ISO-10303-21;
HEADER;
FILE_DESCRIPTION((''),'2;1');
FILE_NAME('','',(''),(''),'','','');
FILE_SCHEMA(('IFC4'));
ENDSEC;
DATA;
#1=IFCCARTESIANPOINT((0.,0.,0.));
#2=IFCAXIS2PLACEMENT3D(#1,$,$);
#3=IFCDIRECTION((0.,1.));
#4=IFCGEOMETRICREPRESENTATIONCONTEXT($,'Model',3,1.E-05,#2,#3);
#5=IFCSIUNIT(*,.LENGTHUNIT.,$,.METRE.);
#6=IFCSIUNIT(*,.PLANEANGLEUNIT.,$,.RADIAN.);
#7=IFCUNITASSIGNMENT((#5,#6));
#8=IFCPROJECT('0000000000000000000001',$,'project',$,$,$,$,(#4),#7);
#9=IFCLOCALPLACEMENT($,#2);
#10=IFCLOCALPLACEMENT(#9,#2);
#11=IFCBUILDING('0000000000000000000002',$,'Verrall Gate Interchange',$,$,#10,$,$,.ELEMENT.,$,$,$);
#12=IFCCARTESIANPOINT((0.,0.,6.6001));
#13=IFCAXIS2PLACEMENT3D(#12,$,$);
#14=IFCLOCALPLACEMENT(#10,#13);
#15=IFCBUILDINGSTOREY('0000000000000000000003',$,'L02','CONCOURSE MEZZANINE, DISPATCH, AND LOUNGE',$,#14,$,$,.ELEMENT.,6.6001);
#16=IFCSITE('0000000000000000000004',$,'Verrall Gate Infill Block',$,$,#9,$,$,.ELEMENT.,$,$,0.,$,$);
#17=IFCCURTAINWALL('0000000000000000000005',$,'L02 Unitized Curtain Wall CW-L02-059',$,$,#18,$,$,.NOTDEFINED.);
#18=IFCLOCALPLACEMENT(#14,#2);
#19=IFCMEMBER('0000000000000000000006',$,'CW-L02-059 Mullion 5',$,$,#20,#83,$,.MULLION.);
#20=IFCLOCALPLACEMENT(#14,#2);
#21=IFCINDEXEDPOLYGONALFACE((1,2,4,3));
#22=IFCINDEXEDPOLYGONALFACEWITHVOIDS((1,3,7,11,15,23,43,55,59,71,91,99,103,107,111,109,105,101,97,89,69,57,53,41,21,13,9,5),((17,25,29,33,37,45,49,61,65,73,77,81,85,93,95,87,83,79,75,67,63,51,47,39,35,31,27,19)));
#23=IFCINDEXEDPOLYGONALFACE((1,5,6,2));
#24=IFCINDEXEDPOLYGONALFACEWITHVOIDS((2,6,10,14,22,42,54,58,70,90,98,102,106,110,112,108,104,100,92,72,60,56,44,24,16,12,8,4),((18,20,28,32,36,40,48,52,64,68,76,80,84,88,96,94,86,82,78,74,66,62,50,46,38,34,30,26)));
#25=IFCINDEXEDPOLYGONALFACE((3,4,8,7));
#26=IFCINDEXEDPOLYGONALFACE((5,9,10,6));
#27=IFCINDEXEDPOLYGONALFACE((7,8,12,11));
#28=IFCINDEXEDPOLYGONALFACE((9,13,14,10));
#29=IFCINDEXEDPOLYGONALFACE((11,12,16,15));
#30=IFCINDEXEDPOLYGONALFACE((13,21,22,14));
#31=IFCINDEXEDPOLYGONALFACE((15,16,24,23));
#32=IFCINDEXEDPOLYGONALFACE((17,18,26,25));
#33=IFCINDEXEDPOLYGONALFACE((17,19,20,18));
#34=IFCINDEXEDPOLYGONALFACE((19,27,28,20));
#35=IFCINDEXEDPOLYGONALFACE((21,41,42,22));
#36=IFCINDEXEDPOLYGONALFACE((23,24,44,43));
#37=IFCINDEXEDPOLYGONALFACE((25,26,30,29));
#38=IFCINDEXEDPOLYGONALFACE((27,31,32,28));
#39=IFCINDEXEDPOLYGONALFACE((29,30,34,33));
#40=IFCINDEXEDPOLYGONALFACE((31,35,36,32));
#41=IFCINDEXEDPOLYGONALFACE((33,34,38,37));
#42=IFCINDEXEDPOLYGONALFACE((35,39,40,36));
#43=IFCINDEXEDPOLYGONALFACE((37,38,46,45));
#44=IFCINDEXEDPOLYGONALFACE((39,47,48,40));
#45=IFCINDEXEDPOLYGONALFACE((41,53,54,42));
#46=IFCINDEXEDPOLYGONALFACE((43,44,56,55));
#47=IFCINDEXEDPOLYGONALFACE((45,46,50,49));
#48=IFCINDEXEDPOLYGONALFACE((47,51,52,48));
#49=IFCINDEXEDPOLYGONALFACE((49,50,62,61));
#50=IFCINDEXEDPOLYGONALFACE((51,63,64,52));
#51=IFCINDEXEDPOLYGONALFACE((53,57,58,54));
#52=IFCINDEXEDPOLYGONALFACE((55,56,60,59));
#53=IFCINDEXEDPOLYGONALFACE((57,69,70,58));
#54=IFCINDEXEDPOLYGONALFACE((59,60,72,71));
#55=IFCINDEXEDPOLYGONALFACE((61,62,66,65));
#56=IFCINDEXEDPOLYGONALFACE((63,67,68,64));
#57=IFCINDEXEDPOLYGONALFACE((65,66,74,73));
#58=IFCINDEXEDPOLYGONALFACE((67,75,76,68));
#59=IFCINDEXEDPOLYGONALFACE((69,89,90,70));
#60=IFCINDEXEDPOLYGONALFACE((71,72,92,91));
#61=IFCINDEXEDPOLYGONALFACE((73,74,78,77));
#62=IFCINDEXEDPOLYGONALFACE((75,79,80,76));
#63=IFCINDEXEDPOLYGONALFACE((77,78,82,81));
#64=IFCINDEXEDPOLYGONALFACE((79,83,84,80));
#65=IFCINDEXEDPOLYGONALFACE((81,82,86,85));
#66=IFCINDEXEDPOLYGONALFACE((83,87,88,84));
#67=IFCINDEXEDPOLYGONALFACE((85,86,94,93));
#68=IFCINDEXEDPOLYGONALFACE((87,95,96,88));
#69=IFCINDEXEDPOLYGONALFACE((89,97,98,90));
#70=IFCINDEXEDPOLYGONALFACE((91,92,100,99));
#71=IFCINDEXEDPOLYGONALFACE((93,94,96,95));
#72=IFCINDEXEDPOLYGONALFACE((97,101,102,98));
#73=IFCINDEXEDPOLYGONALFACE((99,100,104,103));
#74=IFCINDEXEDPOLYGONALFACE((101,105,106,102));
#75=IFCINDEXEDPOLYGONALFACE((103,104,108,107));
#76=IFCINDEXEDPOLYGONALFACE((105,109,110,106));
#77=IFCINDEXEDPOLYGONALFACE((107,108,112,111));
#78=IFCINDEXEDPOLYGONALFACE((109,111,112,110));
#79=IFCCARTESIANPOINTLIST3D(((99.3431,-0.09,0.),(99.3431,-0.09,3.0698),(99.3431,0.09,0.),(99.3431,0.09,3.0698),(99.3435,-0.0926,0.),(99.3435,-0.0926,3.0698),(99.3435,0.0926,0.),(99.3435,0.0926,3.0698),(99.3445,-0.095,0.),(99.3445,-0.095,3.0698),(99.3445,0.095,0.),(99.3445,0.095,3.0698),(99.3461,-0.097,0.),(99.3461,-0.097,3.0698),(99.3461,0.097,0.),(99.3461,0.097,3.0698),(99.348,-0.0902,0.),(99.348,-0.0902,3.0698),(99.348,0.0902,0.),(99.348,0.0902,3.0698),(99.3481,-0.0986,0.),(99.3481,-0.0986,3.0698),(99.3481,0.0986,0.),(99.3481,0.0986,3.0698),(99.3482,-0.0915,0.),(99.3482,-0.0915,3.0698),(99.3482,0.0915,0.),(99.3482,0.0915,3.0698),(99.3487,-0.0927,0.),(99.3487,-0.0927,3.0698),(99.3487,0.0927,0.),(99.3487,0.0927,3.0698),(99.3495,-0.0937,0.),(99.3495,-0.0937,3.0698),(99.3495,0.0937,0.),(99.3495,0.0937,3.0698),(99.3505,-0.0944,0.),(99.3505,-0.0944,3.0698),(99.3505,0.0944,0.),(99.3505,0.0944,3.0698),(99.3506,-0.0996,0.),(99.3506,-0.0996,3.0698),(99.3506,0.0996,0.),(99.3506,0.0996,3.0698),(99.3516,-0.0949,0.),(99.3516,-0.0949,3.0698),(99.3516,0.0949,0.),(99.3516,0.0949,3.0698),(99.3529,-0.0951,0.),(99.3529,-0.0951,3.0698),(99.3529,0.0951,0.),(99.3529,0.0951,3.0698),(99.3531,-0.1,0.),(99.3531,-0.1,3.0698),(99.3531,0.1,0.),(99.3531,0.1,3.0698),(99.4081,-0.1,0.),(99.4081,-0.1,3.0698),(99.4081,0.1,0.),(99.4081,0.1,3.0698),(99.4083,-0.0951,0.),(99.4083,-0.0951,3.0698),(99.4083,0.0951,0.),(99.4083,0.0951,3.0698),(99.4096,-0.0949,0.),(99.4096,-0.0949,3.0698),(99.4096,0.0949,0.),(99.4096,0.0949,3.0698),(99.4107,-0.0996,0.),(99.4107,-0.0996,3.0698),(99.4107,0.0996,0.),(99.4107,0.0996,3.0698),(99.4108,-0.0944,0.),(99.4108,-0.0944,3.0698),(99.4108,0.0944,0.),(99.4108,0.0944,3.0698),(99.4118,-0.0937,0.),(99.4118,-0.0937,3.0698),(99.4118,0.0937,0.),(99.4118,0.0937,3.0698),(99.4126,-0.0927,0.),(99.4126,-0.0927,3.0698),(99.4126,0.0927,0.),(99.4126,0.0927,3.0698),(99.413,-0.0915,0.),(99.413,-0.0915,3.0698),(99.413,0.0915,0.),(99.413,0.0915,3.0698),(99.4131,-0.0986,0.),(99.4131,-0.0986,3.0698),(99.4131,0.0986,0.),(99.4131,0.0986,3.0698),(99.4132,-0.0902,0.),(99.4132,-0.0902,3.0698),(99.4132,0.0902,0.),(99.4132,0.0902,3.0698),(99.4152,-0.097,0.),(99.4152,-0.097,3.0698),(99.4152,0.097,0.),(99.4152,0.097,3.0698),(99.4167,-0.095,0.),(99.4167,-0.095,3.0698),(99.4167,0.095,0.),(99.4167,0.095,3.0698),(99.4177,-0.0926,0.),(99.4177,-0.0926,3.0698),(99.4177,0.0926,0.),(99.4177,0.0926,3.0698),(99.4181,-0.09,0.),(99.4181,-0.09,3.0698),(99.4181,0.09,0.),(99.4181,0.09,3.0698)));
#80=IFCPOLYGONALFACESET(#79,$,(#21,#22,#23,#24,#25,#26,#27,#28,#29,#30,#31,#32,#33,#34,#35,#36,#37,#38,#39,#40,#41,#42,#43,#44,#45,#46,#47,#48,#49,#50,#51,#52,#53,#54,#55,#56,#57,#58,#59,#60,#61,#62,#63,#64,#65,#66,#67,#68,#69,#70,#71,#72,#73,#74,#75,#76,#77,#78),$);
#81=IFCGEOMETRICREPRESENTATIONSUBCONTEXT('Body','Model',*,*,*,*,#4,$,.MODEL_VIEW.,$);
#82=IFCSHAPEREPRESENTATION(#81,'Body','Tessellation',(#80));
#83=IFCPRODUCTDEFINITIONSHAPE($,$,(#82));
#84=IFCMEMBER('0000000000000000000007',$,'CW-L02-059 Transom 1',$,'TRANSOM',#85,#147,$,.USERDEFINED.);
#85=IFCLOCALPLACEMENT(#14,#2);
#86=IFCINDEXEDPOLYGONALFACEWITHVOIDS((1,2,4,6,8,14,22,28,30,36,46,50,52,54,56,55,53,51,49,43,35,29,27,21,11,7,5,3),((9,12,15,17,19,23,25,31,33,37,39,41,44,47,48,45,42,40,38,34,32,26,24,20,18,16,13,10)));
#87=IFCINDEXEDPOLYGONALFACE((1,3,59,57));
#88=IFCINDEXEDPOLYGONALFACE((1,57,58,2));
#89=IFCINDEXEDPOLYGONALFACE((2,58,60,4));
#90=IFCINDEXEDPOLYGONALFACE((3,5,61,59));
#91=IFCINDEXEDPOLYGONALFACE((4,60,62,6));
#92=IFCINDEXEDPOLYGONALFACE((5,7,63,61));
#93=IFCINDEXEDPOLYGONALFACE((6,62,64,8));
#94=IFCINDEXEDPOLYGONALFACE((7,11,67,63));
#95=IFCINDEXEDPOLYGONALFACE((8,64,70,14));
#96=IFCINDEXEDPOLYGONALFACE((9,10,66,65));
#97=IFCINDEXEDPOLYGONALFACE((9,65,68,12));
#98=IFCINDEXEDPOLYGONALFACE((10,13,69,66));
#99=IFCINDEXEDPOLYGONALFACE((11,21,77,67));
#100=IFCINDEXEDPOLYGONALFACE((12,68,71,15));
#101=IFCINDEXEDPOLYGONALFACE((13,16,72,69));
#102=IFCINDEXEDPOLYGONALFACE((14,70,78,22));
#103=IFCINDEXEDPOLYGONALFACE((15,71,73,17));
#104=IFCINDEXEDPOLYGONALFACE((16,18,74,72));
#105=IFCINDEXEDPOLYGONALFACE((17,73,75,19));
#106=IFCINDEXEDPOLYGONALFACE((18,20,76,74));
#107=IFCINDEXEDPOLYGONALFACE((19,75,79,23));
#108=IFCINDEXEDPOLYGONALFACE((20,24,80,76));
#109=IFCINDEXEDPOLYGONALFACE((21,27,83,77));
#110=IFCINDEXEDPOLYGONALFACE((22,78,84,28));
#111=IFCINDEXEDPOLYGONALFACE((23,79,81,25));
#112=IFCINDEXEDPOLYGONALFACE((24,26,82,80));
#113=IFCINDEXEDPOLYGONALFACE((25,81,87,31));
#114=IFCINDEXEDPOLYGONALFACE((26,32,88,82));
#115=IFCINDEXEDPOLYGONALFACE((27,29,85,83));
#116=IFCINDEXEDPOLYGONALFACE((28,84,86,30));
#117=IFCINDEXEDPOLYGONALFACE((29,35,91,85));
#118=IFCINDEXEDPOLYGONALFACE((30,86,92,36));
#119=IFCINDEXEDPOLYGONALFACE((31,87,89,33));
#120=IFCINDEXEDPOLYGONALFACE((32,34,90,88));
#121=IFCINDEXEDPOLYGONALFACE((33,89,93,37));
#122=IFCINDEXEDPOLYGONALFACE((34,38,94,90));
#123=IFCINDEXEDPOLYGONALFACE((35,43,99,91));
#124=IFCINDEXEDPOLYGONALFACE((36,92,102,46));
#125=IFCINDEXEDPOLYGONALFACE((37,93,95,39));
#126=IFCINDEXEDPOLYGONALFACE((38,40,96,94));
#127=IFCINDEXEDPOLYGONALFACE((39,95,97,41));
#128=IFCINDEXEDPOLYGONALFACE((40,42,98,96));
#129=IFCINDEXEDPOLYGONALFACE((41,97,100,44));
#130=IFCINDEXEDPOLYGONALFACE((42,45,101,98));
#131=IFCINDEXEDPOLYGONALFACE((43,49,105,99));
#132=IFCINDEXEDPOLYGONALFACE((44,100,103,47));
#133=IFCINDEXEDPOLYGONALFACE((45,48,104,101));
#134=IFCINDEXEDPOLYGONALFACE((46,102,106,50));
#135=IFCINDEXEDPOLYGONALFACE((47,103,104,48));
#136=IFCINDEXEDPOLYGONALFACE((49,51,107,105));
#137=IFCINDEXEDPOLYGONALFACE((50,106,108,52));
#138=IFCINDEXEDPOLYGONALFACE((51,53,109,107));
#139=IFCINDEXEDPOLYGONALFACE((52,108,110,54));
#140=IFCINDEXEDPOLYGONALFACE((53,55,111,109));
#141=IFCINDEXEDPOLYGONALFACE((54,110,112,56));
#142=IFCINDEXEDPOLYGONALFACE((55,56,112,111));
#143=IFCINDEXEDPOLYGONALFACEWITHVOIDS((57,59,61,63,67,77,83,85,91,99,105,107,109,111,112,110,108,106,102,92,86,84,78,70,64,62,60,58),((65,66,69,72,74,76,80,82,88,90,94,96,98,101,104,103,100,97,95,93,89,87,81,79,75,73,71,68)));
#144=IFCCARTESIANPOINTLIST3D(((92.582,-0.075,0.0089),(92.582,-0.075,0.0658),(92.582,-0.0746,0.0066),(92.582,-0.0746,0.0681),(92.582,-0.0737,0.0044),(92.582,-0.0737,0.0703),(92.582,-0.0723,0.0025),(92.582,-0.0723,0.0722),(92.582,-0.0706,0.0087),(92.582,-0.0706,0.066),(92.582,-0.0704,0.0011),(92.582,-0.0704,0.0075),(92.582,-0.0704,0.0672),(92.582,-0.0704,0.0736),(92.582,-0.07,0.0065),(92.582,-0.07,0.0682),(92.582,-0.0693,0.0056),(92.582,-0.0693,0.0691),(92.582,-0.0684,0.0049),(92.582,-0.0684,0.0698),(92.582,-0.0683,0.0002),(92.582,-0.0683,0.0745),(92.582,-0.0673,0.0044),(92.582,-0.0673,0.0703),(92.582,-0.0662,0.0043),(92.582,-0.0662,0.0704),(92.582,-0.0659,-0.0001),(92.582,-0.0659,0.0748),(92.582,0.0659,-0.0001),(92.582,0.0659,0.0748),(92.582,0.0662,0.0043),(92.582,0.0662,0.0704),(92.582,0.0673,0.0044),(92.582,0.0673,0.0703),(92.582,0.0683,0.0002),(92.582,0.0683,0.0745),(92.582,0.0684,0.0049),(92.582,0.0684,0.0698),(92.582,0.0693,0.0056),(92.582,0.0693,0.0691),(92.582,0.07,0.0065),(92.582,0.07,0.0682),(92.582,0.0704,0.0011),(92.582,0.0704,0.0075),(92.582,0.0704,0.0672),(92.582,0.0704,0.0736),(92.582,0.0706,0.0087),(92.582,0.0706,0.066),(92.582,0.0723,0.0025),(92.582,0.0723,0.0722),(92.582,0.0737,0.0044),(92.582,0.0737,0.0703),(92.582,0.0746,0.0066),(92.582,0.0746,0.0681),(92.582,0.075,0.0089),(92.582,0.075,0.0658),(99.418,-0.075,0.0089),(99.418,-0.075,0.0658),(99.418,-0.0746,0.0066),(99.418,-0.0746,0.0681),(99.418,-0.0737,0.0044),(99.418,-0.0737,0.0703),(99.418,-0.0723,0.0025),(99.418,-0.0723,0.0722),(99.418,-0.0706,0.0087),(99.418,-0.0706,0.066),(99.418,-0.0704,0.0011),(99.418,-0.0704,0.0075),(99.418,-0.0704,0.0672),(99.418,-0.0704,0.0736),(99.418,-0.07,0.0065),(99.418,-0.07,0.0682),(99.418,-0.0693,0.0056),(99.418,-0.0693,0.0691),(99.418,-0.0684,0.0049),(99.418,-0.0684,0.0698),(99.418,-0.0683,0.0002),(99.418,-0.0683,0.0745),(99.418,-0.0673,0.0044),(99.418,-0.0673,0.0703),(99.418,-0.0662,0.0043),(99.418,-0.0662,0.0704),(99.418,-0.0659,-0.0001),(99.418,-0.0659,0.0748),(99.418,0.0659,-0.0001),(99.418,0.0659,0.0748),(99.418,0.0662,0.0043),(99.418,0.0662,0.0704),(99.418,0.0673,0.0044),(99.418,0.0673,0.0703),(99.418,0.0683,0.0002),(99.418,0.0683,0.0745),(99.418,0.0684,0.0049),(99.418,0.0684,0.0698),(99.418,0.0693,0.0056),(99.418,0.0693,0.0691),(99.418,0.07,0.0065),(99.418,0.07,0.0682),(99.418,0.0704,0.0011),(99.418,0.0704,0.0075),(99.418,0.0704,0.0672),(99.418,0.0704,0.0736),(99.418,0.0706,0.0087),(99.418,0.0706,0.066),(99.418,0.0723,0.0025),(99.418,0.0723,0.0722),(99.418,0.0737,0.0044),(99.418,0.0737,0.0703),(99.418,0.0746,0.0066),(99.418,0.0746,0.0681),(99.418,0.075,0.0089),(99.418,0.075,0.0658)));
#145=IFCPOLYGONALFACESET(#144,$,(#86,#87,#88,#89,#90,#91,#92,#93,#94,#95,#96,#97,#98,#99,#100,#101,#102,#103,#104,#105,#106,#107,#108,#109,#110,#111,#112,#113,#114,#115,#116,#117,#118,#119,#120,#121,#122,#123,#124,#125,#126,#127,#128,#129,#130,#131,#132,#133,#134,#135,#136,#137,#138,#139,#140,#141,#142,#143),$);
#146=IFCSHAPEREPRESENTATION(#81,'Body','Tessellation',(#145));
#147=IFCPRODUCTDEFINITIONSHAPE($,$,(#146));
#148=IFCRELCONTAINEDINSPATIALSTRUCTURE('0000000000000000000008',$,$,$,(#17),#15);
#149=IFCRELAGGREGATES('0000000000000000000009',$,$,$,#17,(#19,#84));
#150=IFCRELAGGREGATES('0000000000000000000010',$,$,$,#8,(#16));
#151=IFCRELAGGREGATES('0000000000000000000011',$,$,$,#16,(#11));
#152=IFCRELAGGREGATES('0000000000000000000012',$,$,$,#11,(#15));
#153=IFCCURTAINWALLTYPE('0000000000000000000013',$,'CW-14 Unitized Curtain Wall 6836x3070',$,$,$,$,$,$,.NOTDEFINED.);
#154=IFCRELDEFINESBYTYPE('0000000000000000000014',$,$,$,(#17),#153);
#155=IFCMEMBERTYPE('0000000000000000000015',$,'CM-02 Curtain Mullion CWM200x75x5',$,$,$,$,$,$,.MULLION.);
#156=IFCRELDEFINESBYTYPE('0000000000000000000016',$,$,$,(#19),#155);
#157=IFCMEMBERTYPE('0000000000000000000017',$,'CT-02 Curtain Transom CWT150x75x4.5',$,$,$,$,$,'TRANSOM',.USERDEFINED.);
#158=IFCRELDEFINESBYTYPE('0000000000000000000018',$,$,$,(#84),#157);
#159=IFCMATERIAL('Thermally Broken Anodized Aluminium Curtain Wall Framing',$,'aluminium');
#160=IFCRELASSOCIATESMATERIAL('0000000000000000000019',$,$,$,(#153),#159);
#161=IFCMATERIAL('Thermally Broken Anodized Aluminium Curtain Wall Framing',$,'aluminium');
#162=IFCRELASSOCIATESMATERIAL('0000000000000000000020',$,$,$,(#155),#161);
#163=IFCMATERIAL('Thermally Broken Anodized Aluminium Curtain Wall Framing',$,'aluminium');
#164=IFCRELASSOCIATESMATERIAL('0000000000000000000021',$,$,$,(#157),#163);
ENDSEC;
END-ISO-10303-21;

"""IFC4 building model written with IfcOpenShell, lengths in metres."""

from ifc_helpers import new_model, si_unit, direction, frame, origin, origin_2d, place, context, subcontext, project, spatial, hollow_rectangle, extrude, material, material_profile, profile_set, type_object, element, aggregate, save


model = new_model("IFC4")

# Units and contexts
model_context = context("Model", 3, precision=1e-05, world=origin(), true_north=direction((0.0, 1.0)))
body_context = subcontext(model_context, "Body", "Model", "MODEL_VIEW")
ifc_project = project(units=[si_unit("LENGTHUNIT", "METRE"), si_unit("PLANEANGLEUNIT", "RADIAN")], contexts=[model_context])

# Site, building, storey
site_placement = place(None, origin())
site = spatial("IfcSite", under=ifc_project, at=site_placement, Name="Verrall Gate Infill Block", CompositionType="ELEMENT", RefElevation=0.0)
building_placement = place(site_placement, origin())
building = spatial("IfcBuilding", under=site, at=building_placement, Name="Verrall Gate Interchange", CompositionType="ELEMENT")
storey_placement = place(building_placement, frame((0.0, 0.0, 6.6001)))
storey = spatial("IfcBuildingStorey", under=building, at=storey_placement, Name="L02", Description="CONCOURSE MEZZANINE, DISPATCH, AND LOUNGE", CompositionType="ELEMENT", Elevation=6.6001)

# Shared definitions
ifc_material_1 = material(Name="Thermally Broken Anodized Aluminium Curtain Wall Framing", Category="aluminium")
curtain_wall_type = type_object("IfcCurtainWallType", Name="CW-14 Unitized Curtain Wall 6836x3070", PredefinedType="NOTDEFINED", material=ifc_material_1)

# Curtain wall, members
curtain_wall_1_placement = place(storey_placement, origin())
curtain_wall_1 = element("IfcCurtainWall", 1, at=curtain_wall_1_placement, inside=storey, type_object=curtain_wall_type, Name="L02 Unitized Curtain Wall CW-L02-059", PredefinedType="NOTDEFINED")
ifc_material_2 = material(Name="Thermally Broken Anodized Aluminium Curtain Wall Framing", Category="aluminium")
ifc_material_profile_1 = material_profile(ifc_material_2, hollow_rectangle(XDim=0.075, YDim=0.2, WallThickness=0.0049, InnerFilletRadius=0.0049, OuterFilletRadius=0.01, at=origin_2d()), Name="CWM200x75x5")
ifc_profile_set_1 = profile_set([ifc_material_profile_1], Name="Thermally Broken Anodized Aluminium Curtain Wall Framing")
member_type_1 = type_object("IfcMemberType", Name="CM-02 Curtain Mullion CWM200x75x5", PredefinedType="MULLION", material=ifc_profile_set_1)
member_1_placement = place(storey_placement, frame((99.3806, 0.0, 0.0), z_axis=(0.0, 0.0, 1.0), x_axis=(1.0, 0.0, 0.0)))
member_1 = element("IfcMember", 2, at=member_1_placement, type_object=member_type_1, Name="CW-L02-059 Mullion 5", PredefinedType="MULLION", context=body_context, shape_type="SweptSolid", body=[
    extrude(hollow_rectangle(XDim=0.075, YDim=0.2, WallThickness=0.0049, InnerFilletRadius=0.0049, OuterFilletRadius=0.01, at=origin_2d()), origin(), (0.0, 0.0, 1.0), 3.0698),
])
ifc_material_3 = material(Name="Thermally Broken Anodized Aluminium Curtain Wall Framing", Category="aluminium")
ifc_material_profile_2 = material_profile(ifc_material_3, hollow_rectangle(XDim=0.1499, YDim=0.075, WallThickness=0.0044, InnerFilletRadius=0.0044, OuterFilletRadius=0.009, at=origin_2d()), Name="CWT150x75x4.5")
ifc_profile_set_2 = profile_set([ifc_material_profile_2], Name="Thermally Broken Anodized Aluminium Curtain Wall Framing")
member_type_2 = type_object("IfcMemberType", Name="CT-02 Curtain Transom CWT150x75x4.5", ElementType="TRANSOM", PredefinedType="USERDEFINED", material=ifc_profile_set_2)
member_2_placement = place(storey_placement, frame((92.582, 0.0, 0.0374), z_axis=(1.0, 0.0, 0.0), x_axis=(0.0, 1.0, 0.0)))
member_2 = element("IfcMember", 3, at=member_2_placement, type_object=member_type_2, Name="CW-L02-059 Transom 1", ObjectType="TRANSOM", PredefinedType="USERDEFINED", context=body_context, shape_type="SweptSolid", body=[
    extrude(hollow_rectangle(XDim=0.1499, YDim=0.075, WallThickness=0.0044, InnerFilletRadius=0.0044, OuterFilletRadius=0.009, at=origin_2d()), origin(), (0.0, 0.0, 1.0), 6.8359),
])

aggregate(curtain_wall_1, [member_1, member_2])

save(model, "model.ifc")
